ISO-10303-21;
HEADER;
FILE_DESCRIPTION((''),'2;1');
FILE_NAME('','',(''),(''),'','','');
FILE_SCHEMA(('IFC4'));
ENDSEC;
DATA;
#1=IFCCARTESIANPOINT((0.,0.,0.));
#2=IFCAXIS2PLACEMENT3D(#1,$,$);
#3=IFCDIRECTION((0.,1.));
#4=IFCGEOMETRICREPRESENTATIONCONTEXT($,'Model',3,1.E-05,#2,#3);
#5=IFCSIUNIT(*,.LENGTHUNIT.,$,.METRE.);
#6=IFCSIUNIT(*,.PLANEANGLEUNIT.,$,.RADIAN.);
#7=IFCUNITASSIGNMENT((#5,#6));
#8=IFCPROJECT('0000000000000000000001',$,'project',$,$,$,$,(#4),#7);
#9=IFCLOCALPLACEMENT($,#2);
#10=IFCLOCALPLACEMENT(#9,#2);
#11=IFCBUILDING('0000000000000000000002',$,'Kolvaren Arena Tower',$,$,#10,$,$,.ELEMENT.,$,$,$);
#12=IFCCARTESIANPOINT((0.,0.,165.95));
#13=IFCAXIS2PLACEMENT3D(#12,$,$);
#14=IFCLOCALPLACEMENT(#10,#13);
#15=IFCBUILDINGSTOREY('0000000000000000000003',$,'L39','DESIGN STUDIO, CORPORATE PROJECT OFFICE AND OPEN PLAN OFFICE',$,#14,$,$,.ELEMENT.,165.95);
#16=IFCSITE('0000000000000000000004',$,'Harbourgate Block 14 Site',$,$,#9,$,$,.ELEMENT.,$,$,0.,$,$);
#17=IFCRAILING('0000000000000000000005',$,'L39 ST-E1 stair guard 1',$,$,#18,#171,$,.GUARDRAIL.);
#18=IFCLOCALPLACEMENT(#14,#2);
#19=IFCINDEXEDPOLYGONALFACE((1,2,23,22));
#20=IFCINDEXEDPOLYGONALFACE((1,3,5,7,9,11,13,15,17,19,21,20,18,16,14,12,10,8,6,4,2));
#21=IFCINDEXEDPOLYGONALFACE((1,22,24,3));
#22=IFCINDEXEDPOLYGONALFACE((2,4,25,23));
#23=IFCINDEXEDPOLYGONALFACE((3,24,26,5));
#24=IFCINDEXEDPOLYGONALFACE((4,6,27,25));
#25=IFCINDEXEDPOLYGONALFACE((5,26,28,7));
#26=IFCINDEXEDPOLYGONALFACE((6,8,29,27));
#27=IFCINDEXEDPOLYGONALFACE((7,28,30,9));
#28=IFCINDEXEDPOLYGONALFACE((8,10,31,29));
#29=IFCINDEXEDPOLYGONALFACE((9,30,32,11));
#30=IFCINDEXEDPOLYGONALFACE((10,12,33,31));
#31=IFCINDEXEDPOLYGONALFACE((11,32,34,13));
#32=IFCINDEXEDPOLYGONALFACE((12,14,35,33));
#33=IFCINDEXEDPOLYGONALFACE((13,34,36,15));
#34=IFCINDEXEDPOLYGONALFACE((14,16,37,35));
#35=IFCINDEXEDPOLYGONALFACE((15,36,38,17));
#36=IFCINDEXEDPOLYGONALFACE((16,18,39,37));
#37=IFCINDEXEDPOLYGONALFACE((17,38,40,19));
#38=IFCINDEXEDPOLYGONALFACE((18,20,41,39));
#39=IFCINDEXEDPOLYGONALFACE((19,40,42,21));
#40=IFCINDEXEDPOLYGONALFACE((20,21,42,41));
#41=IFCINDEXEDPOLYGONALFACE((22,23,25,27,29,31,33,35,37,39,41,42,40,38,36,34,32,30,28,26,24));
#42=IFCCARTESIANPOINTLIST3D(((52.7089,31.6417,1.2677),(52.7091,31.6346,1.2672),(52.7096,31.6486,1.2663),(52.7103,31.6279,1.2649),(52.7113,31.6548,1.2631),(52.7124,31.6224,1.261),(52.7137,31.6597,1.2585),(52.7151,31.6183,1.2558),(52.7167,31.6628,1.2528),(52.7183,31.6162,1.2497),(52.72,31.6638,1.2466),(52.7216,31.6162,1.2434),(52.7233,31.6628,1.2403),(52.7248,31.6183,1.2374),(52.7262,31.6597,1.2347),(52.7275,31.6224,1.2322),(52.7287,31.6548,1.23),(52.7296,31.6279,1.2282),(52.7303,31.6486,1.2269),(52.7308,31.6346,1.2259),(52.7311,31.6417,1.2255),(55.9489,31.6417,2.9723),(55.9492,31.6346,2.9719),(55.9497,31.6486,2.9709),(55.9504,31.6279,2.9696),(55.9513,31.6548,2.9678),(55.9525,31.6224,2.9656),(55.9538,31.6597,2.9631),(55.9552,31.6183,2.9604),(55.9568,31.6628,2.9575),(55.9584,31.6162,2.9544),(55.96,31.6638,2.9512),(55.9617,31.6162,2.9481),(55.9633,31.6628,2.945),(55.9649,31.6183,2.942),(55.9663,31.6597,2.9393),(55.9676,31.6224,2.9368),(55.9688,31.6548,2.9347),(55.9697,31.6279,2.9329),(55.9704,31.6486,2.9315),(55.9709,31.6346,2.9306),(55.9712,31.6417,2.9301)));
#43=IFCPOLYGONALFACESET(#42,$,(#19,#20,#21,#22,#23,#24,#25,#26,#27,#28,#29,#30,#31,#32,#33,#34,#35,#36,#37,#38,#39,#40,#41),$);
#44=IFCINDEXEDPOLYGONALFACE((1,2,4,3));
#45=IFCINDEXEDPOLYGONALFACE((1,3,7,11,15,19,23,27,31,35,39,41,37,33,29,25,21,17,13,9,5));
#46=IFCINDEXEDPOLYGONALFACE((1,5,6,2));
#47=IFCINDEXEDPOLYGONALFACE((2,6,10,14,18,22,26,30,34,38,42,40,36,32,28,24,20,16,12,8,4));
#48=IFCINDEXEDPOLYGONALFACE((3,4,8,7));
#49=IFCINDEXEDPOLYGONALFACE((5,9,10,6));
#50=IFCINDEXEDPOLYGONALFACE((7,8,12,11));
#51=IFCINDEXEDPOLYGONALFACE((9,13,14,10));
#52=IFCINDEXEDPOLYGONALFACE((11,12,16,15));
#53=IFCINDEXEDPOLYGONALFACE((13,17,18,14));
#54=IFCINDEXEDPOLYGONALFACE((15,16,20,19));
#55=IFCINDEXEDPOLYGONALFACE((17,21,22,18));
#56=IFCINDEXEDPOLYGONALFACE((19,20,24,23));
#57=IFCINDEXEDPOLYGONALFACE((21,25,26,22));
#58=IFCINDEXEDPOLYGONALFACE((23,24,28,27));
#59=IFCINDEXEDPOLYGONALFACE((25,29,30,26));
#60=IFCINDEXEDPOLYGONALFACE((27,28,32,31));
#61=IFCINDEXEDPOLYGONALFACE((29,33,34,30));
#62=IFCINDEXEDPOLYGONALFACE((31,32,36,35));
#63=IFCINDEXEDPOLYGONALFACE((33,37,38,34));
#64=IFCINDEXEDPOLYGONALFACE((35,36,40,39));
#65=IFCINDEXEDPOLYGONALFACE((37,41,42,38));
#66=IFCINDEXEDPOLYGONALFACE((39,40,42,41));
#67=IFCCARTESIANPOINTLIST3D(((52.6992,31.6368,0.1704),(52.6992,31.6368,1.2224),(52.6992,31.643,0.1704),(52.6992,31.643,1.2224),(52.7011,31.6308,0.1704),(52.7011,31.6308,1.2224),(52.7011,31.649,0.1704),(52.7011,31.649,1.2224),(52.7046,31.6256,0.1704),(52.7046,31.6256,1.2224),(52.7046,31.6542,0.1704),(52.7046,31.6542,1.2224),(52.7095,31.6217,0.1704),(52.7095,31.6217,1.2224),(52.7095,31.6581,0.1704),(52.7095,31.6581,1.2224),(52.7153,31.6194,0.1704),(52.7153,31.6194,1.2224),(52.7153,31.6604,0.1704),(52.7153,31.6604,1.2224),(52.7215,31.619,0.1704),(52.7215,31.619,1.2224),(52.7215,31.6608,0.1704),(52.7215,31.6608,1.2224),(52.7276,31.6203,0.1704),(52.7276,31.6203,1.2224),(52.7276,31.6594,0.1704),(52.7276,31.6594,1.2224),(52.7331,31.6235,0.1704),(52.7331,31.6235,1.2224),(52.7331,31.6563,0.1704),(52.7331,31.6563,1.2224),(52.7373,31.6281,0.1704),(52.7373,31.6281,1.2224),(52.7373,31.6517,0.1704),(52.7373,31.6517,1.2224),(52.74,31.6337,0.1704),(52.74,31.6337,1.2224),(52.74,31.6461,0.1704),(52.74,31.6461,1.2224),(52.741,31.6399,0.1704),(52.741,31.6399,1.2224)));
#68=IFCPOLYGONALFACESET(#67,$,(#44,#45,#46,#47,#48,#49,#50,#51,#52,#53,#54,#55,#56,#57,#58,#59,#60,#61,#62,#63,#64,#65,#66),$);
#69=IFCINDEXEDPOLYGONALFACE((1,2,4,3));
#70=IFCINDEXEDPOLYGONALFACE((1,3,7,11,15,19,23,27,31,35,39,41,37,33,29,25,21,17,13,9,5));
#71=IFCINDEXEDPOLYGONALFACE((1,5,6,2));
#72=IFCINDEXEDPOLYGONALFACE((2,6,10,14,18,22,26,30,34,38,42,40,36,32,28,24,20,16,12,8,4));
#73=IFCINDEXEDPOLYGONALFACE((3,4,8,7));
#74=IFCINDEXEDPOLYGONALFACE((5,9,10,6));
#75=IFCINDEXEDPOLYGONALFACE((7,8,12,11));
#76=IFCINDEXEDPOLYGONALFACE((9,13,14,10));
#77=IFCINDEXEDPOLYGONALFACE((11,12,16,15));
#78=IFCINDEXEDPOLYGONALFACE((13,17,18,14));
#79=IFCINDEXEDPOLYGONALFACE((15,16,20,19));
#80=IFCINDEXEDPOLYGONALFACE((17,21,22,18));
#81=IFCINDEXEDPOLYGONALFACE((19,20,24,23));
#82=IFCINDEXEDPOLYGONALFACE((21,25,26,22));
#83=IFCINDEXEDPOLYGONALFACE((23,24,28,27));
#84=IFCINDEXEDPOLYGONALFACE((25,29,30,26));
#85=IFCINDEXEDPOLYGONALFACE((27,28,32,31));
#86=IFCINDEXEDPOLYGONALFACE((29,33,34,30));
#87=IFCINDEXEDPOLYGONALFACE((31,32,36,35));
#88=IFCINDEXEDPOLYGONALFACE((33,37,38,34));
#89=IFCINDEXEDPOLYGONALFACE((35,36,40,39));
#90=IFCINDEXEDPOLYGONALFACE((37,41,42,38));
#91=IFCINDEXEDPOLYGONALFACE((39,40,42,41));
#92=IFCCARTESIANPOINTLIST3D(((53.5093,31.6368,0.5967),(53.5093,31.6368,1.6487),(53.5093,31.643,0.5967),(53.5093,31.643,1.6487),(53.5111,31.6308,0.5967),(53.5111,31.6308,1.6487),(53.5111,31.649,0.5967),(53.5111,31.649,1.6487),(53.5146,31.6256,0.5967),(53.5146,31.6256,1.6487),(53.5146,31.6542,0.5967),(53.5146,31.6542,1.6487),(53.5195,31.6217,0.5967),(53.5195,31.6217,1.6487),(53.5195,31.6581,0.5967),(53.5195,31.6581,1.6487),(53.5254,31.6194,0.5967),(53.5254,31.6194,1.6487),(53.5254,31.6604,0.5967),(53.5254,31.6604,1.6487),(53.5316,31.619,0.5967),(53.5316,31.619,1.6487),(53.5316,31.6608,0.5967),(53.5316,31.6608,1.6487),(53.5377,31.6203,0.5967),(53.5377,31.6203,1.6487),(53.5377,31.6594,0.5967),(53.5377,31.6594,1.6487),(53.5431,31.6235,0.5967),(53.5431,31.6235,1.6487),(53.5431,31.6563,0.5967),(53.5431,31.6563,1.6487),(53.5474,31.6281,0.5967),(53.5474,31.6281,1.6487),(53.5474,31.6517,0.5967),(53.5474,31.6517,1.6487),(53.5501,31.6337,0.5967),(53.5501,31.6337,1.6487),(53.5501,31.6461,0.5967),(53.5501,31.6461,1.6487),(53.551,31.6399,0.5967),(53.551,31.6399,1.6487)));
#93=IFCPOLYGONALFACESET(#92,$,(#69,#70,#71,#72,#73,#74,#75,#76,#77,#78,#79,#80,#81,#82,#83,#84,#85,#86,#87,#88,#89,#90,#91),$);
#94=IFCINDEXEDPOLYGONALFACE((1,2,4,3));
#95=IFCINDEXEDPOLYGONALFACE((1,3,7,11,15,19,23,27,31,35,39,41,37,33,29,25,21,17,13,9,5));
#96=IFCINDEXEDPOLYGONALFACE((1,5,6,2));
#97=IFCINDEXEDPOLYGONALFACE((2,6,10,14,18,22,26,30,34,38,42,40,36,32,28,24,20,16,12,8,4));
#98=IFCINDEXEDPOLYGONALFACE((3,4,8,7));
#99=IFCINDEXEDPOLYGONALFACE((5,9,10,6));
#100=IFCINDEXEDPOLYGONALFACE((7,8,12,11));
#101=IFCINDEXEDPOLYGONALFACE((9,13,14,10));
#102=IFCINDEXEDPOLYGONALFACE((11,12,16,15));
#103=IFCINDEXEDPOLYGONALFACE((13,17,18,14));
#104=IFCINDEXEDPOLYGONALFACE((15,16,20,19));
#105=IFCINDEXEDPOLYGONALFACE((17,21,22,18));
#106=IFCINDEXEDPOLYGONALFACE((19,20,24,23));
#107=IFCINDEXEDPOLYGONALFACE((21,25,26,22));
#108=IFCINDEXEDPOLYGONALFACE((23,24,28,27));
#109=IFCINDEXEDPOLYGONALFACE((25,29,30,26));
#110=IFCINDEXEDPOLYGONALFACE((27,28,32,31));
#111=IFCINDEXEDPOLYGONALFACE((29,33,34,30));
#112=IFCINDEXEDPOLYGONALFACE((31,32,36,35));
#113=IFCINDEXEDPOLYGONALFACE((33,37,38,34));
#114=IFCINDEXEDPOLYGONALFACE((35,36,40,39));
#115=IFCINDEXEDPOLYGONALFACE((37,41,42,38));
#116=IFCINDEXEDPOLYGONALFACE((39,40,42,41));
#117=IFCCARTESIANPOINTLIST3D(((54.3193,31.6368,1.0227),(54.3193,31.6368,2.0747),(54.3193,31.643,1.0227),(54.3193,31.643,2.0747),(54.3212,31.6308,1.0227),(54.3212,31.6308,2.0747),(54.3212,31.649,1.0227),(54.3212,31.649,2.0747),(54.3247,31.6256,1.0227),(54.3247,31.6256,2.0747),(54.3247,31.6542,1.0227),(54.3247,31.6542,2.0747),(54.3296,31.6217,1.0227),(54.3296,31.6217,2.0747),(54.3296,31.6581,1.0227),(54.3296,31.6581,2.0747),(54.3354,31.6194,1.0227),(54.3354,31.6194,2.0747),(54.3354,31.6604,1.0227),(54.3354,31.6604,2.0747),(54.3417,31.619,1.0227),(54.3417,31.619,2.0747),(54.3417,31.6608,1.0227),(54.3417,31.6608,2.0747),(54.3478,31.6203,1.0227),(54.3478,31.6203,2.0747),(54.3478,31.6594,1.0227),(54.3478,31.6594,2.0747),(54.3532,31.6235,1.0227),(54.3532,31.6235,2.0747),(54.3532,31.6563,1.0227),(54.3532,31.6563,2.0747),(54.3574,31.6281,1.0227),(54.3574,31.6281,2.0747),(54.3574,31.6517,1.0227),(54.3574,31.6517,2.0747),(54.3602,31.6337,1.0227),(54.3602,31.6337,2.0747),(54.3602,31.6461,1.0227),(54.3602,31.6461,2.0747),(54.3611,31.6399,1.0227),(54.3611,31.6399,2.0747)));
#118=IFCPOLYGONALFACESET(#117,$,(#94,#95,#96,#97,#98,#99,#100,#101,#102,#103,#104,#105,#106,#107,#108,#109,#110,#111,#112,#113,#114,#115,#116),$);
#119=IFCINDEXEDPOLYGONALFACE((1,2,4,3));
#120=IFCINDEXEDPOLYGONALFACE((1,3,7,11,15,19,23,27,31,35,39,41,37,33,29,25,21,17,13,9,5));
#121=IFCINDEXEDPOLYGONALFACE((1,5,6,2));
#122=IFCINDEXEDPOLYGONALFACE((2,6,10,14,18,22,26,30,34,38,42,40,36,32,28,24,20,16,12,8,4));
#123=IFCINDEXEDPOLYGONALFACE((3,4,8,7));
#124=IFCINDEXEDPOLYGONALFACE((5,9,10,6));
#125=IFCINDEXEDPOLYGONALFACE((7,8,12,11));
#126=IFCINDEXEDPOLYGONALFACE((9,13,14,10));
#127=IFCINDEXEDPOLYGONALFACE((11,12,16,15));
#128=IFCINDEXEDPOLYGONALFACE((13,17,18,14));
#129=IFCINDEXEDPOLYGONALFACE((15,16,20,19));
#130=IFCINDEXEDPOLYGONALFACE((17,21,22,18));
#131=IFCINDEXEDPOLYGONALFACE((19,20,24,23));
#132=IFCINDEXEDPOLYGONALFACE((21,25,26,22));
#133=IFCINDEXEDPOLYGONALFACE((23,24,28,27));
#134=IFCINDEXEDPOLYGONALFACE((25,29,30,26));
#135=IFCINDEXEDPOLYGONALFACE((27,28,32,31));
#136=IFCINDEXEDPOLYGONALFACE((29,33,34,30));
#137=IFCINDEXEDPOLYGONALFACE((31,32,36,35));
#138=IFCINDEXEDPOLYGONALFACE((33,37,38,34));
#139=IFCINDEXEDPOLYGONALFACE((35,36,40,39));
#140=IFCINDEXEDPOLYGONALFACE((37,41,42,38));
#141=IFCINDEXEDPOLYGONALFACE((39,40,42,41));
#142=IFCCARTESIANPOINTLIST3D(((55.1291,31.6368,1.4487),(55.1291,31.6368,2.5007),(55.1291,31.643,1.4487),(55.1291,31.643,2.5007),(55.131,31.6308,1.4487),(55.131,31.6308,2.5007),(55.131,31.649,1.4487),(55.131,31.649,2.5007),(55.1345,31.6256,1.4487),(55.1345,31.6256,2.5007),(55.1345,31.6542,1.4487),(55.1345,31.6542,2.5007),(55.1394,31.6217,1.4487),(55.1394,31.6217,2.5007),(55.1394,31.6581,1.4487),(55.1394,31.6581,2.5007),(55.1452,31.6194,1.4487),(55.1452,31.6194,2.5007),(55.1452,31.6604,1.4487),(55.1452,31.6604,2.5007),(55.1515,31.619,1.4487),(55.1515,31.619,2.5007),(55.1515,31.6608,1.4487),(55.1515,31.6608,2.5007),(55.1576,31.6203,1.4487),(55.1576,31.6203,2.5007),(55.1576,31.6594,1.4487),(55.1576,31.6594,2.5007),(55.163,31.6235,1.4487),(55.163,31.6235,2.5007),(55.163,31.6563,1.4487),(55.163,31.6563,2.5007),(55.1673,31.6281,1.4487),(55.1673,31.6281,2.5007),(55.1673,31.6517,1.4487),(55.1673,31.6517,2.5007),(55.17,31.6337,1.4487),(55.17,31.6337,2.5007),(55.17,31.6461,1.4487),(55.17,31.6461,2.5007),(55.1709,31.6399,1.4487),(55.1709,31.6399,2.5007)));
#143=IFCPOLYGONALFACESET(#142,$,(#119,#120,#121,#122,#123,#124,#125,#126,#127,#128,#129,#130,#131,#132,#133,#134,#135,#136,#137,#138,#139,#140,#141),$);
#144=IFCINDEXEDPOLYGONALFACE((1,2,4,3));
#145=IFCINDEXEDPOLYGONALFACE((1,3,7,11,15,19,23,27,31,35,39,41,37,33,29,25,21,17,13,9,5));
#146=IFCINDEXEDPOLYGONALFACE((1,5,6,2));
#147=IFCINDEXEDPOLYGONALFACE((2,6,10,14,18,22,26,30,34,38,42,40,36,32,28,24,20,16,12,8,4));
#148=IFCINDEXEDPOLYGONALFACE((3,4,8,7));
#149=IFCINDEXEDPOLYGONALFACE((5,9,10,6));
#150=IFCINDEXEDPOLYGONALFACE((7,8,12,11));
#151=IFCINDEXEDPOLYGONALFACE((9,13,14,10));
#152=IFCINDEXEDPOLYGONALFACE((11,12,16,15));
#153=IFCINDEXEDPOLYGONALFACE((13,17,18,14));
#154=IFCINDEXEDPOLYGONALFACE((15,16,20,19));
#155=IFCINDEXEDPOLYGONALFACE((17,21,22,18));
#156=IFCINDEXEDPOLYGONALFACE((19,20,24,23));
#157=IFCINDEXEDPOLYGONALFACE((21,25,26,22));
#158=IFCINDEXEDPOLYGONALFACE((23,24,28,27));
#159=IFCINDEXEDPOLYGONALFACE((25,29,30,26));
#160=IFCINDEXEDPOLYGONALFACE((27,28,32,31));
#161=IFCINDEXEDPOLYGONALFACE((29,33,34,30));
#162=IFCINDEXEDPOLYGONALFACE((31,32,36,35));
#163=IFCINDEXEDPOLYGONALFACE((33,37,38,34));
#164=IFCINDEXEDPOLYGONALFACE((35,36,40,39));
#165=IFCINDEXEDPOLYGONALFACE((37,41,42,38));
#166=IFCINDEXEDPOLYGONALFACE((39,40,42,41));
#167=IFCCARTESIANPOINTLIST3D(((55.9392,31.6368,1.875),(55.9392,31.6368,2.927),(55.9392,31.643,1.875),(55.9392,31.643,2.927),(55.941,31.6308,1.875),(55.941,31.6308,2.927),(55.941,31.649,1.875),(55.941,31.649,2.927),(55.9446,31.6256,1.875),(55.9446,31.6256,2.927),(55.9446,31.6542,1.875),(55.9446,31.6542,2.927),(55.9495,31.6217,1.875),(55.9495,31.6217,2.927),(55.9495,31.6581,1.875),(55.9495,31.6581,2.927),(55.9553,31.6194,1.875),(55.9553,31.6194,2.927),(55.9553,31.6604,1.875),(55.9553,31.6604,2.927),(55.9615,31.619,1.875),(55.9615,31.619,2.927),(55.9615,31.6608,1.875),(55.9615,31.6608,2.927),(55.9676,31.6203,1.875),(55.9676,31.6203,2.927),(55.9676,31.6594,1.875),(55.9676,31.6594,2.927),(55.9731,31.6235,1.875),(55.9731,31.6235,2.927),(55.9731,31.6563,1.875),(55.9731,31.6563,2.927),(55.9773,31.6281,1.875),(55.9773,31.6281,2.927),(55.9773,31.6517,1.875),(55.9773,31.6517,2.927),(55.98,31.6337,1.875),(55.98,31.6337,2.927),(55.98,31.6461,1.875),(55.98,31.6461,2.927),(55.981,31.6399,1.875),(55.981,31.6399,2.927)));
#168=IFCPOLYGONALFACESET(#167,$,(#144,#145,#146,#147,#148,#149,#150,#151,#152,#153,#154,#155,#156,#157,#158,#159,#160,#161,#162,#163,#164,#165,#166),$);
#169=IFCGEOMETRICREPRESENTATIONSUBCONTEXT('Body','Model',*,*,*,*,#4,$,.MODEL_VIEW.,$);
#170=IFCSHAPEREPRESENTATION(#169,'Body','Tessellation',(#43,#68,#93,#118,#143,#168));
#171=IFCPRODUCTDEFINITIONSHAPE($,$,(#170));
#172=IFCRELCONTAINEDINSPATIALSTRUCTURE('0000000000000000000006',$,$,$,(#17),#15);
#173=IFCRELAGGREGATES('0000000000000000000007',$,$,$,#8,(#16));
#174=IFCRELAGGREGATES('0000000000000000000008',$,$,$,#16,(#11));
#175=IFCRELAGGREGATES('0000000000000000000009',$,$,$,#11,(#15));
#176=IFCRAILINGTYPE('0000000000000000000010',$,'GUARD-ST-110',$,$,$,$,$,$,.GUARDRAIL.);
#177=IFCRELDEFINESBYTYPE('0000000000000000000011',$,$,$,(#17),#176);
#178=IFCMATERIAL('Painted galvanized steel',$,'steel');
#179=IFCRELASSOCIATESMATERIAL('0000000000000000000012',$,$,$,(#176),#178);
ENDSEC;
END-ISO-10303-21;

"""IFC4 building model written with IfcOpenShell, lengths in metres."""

from ifc_helpers import new_model, si_unit, direction, frame, origin, origin_2d, place, context, subcontext, project, spatial, circle, extrude, material, type_object, element, save


model = new_model("IFC4")

# Units and contexts
model_context = context("Model", 3, precision=1e-05, world=origin(), true_north=direction((0.0, 1.0)))
body_context = subcontext(model_context, "Body", "Model", "MODEL_VIEW")
ifc_project = project(units=[si_unit("LENGTHUNIT", "METRE"), si_unit("PLANEANGLEUNIT", "RADIAN")], contexts=[model_context])

# Site, building, storey
site_placement = place(None, origin())
site = spatial("IfcSite", under=ifc_project, at=site_placement, Name="Harbourgate Block 14 Site", CompositionType="ELEMENT", RefElevation=0.0)
building_placement = place(site_placement, origin())
building = spatial("IfcBuilding", under=site, at=building_placement, Name="Kolvaren Arena Tower", CompositionType="ELEMENT")
storey_placement = place(building_placement, frame((0.0, 0.0, 165.95)))
storey = spatial("IfcBuildingStorey", under=building, at=storey_placement, Name="L39", Description="DESIGN STUDIO, CORPORATE PROJECT OFFICE AND OPEN PLAN OFFICE", CompositionType="ELEMENT", Elevation=165.95)

# Railing
ifc_material_1 = material(Name="Painted galvanized steel", Category="steel")
railing_type_1 = type_object("IfcRailingType", Name="GUARD-ST-110", PredefinedType="GUARDRAIL", material=ifc_material_1)
railing_1_placement = place(storey_placement, frame((52.72, 31.6399, 0.1704)))
element("IfcRailing", 1, at=railing_1_placement, inside=storey, type_object=railing_type_1, Name="L39 ST-E1 stair guard 1", PredefinedType="GUARDRAIL", context=body_context, shape_type="SweptSolid", body=[
    extrude(circle(Radius=0.0239, at=origin_2d()), frame((0.0, 0.0, 1.0762), z_axis=(0.884993, 0.0, 0.465604), x_axis=(0.0, 1.0, 0.0)), (0.0, 0.0, 1.0), 3.6611),
    extrude(circle(Radius=0.021, at=origin_2d()), origin(), (0.0, 0.0, 1.0), 1.052),
    extrude(circle(Radius=0.021, at=origin_2d()), frame((0.8101, 0.0, 0.4263)), (0.0, 0.0, 1.0), 1.052),
    extrude(circle(Radius=0.021, at=origin_2d()), frame((1.6201, 0.0, 0.8523)), (0.0, 0.0, 1.0), 1.052),
    extrude(circle(Radius=0.021, at=origin_2d()), frame((2.4299, 0.0, 1.2783)), (0.0, 0.0, 1.0), 1.052),
    extrude(circle(Radius=0.021, at=origin_2d()), frame((3.24, 0.0, 1.7046)), (0.0, 0.0, 1.0), 1.052),
])

save(model, "model.ifc")
